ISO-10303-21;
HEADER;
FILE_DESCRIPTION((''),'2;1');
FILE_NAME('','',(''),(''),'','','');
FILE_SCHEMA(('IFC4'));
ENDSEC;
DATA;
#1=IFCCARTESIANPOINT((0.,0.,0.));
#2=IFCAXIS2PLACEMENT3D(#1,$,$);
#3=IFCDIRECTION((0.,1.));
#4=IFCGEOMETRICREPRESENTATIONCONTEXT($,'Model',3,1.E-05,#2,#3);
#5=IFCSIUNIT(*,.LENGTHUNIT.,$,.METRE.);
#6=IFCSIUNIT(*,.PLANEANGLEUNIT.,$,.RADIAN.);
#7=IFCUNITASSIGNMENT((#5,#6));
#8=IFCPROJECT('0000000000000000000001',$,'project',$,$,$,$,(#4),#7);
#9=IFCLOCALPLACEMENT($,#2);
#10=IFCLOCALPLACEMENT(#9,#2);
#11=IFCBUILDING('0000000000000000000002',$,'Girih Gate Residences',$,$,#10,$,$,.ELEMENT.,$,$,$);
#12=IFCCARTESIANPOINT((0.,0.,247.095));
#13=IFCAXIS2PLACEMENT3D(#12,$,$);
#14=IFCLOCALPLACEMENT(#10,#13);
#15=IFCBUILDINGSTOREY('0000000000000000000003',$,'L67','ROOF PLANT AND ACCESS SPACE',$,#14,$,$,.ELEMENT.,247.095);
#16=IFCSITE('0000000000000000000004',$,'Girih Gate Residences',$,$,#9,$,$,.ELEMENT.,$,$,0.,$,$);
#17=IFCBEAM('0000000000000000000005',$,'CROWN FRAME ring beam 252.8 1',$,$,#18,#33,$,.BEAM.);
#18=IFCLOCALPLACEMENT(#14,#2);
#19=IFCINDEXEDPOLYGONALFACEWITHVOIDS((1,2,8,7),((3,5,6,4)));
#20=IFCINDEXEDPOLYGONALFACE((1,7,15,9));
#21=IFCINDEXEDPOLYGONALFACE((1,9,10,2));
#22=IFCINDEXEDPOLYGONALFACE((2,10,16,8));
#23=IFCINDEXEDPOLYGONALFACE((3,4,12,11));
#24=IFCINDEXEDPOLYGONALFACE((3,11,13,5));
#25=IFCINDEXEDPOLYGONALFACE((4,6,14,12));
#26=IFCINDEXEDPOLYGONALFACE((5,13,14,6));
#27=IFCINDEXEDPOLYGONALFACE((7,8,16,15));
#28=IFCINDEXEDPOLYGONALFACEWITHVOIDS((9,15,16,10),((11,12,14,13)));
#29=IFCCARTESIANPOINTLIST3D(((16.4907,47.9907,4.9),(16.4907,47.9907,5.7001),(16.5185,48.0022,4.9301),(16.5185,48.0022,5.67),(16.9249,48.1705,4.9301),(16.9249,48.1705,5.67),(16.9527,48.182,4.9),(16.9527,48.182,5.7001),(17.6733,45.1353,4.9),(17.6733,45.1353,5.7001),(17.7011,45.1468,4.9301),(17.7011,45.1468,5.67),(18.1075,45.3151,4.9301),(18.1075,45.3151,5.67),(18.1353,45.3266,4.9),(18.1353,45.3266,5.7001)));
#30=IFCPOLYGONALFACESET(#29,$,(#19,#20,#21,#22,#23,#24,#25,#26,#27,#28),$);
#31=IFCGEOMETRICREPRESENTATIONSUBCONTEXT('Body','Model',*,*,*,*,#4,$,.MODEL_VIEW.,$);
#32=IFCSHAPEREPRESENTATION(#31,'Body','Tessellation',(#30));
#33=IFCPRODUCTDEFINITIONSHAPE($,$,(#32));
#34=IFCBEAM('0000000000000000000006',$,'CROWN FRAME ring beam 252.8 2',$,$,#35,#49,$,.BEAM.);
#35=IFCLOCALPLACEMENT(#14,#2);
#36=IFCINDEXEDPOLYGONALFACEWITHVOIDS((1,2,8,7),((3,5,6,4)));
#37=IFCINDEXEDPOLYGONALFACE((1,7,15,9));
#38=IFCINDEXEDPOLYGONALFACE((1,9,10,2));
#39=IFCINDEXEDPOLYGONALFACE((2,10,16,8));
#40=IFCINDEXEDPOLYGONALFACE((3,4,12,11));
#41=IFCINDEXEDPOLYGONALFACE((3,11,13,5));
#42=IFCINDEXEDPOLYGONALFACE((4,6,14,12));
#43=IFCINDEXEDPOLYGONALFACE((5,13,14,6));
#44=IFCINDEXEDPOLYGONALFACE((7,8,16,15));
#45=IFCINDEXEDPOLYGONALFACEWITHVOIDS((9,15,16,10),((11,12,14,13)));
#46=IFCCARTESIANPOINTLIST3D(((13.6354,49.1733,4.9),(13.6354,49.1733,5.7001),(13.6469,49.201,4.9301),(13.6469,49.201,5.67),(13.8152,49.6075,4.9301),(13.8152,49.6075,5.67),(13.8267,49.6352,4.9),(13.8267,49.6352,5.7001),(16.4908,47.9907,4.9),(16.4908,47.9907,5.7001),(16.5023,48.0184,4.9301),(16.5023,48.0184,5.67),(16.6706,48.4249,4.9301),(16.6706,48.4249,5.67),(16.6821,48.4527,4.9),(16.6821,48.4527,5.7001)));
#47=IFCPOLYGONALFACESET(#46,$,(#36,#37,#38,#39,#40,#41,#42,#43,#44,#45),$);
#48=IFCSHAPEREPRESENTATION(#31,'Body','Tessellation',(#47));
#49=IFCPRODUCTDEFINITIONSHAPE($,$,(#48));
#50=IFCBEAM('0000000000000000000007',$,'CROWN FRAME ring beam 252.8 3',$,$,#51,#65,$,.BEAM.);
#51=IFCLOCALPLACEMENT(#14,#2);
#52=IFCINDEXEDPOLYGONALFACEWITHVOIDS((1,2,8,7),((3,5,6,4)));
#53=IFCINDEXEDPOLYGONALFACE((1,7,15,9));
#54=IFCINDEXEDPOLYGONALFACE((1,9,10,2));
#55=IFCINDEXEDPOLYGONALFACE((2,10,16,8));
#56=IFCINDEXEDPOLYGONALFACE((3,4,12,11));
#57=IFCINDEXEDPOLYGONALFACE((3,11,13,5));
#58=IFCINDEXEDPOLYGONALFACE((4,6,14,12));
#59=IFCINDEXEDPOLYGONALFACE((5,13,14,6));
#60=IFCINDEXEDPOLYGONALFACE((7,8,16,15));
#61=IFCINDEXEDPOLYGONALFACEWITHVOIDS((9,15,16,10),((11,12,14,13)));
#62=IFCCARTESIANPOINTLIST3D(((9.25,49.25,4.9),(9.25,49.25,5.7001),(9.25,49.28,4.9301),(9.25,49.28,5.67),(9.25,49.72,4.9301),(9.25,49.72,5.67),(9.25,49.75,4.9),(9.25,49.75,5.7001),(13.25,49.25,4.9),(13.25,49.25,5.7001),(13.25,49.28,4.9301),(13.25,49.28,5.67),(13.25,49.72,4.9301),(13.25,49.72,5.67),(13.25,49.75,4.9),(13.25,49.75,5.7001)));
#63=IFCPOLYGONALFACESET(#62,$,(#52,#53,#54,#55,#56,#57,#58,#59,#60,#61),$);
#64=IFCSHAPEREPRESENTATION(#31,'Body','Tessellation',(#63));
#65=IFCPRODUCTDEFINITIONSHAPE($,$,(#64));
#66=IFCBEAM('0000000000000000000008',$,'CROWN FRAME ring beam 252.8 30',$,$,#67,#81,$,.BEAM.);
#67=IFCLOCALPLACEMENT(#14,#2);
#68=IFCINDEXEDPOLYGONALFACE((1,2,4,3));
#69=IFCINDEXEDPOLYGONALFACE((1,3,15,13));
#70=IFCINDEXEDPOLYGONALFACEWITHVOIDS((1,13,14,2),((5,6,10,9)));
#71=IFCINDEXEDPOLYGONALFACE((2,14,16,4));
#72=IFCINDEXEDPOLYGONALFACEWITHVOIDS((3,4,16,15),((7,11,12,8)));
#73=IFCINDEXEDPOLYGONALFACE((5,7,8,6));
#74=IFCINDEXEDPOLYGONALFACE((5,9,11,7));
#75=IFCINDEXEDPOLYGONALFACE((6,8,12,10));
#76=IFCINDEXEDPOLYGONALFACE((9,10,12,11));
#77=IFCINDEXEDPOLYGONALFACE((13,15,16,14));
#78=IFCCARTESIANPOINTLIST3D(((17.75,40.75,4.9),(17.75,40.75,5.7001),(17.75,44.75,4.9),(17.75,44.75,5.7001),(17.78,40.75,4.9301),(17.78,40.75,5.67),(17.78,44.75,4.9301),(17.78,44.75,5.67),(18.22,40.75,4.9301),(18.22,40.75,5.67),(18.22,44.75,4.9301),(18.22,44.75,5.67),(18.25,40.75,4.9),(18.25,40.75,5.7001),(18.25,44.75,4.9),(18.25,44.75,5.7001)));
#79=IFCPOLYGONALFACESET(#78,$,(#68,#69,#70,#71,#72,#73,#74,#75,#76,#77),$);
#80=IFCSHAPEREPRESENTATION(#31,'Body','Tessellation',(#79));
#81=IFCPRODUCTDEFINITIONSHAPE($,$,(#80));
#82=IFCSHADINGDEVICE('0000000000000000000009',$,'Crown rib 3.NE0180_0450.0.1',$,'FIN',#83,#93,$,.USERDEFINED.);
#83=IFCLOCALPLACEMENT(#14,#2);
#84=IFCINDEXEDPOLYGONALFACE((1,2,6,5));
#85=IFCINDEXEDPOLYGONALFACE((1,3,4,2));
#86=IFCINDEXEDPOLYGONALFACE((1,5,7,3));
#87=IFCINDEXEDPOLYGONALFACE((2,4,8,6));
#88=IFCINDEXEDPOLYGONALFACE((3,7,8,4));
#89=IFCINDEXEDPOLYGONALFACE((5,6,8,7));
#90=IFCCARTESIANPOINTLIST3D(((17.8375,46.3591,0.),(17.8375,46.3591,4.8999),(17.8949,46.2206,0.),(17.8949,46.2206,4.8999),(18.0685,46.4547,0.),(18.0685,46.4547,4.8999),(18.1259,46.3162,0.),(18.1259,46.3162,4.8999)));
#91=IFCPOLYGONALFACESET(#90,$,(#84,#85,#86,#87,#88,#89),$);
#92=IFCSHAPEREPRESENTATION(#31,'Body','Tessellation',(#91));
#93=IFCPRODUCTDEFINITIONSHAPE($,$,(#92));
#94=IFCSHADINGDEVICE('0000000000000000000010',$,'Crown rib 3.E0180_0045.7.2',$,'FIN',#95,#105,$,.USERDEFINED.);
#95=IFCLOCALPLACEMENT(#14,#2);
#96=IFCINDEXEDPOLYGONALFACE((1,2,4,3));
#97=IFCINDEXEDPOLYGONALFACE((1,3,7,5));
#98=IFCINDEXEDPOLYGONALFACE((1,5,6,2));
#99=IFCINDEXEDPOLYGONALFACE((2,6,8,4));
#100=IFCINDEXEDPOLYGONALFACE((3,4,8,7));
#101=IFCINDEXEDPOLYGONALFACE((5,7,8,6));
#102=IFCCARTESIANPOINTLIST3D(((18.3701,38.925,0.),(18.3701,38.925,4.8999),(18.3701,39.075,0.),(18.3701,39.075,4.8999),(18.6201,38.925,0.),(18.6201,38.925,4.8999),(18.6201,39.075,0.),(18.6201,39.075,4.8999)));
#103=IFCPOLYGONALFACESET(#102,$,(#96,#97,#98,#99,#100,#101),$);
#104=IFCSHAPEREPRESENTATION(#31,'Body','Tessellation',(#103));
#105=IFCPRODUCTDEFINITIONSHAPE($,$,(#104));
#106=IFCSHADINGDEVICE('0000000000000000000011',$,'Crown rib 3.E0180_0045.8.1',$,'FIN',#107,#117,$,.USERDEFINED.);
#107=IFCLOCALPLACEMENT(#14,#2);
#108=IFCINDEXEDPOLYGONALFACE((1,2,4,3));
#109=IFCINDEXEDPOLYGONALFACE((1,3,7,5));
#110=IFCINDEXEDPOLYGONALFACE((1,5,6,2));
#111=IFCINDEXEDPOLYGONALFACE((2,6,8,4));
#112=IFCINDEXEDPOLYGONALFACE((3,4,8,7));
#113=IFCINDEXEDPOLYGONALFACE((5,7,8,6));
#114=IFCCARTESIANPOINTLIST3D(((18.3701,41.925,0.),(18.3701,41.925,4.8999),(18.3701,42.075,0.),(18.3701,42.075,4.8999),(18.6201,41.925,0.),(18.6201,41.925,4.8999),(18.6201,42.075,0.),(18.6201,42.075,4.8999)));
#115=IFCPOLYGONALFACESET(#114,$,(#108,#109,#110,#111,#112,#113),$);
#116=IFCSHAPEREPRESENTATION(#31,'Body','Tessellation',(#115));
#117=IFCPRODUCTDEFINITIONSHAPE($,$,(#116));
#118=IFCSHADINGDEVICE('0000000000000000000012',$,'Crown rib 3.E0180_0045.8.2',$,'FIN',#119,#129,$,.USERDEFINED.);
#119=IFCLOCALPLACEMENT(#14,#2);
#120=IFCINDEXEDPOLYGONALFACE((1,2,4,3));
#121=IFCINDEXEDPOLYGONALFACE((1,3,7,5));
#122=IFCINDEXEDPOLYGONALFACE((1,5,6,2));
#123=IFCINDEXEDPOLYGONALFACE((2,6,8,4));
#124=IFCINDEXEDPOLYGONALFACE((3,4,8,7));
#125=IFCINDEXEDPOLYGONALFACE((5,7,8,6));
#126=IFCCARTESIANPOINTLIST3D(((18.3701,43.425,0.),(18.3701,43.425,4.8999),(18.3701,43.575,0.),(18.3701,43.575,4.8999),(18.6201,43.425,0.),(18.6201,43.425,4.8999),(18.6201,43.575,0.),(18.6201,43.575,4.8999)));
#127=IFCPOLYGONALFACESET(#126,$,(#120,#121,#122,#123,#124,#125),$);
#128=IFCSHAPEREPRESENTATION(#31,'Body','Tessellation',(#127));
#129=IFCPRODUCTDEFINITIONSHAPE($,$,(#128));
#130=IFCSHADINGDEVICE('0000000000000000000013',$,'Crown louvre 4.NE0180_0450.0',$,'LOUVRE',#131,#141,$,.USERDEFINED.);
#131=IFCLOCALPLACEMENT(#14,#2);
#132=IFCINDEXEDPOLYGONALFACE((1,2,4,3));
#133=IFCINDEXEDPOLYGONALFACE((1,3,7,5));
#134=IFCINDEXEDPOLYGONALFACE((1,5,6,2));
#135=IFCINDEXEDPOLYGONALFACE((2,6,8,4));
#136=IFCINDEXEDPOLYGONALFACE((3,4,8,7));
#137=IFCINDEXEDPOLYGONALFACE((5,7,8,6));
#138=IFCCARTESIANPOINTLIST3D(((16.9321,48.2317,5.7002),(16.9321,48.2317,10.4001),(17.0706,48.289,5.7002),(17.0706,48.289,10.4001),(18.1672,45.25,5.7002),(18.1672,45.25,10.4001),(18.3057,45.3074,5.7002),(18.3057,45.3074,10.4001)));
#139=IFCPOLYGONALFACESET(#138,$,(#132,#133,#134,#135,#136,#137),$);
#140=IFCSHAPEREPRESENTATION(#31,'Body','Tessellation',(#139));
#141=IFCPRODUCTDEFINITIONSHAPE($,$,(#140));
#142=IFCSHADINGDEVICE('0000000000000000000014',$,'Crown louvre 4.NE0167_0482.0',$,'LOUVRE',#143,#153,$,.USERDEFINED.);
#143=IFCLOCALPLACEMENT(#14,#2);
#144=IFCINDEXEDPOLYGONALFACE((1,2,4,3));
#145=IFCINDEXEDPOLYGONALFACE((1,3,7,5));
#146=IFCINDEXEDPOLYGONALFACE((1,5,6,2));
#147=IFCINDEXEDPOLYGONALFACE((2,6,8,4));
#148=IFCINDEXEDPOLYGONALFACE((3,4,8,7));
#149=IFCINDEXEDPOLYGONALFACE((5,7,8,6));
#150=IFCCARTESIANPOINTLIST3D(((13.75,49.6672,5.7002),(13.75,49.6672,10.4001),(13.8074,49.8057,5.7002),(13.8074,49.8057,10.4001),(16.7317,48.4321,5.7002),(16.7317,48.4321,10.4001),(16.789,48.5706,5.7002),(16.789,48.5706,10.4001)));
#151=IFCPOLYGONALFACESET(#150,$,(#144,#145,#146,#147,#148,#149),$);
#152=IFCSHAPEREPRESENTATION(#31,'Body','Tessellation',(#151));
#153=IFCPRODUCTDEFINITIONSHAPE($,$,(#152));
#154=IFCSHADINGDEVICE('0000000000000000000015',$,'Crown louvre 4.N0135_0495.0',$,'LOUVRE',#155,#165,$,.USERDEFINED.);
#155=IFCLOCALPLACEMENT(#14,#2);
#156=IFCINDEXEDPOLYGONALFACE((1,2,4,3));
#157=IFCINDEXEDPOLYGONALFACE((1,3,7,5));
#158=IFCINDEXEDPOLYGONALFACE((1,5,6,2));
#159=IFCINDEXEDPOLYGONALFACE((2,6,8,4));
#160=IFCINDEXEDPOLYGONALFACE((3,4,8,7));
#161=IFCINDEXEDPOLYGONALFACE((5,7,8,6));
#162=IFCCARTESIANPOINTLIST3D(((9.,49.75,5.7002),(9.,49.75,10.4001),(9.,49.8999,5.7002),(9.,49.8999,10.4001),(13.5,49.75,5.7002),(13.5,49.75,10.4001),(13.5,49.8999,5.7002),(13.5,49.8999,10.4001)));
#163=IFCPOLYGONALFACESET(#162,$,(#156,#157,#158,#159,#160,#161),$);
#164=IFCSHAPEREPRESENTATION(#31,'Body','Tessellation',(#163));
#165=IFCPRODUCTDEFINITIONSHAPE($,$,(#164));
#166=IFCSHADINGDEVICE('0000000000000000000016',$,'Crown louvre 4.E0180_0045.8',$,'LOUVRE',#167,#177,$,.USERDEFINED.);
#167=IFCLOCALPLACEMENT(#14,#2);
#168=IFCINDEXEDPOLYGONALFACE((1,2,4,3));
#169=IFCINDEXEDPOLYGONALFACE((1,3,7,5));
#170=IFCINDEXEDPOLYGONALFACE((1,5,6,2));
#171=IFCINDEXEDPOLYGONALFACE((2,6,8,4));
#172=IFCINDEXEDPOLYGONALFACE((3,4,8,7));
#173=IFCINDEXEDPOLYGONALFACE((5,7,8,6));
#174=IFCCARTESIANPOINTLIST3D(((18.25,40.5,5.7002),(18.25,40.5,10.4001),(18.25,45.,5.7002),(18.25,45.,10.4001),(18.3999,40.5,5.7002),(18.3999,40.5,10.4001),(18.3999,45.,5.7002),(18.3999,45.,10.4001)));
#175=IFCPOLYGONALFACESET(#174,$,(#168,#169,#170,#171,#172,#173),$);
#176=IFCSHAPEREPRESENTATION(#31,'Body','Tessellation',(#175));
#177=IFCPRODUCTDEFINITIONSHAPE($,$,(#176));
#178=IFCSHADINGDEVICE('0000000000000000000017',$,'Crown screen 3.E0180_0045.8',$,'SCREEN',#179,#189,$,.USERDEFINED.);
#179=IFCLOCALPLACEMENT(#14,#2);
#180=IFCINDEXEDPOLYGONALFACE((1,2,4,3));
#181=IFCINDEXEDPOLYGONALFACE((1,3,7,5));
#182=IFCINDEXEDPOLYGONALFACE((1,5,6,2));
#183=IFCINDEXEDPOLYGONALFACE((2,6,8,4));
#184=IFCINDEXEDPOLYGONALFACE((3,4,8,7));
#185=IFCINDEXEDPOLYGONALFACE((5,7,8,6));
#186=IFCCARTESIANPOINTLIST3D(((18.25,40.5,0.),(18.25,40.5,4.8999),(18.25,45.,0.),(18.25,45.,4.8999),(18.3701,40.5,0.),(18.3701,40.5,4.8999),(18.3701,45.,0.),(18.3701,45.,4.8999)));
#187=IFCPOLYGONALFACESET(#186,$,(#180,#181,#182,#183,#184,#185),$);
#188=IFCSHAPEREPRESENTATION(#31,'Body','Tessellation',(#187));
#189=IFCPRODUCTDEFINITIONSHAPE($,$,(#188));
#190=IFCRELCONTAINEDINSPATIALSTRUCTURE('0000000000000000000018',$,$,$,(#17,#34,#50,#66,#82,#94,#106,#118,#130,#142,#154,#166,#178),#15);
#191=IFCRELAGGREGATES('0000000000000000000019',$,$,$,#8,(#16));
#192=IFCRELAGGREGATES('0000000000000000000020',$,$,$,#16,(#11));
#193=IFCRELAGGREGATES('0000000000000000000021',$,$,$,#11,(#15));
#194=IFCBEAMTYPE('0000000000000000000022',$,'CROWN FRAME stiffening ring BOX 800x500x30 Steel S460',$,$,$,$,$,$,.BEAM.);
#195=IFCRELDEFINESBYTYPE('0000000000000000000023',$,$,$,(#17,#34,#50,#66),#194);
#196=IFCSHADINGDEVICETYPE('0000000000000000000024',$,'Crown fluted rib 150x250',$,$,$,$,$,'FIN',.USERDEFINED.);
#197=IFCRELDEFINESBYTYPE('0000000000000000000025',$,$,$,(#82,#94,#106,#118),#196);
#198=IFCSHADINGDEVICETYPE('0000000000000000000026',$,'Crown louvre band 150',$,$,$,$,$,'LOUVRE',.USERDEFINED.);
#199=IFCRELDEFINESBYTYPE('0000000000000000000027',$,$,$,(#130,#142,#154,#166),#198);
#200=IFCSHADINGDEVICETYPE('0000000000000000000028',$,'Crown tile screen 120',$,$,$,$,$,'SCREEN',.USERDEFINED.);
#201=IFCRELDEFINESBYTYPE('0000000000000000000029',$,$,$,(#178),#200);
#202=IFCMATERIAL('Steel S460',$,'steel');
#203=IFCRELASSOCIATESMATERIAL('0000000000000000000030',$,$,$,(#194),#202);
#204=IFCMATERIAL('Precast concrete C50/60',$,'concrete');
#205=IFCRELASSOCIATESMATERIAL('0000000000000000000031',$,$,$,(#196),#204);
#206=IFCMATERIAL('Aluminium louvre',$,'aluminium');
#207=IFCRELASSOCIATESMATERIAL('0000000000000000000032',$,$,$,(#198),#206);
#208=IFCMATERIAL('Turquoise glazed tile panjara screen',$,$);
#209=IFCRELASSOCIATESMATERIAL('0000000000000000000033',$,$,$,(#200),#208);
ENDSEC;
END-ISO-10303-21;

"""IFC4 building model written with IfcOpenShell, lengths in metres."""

from ifc_helpers import new_model, si_unit, direction, frame, origin, origin_2d, place, context, subcontext, project, spatial, rectangle, hollow_rectangle, extrude, material, material_profile, profile_set, type_object, element, save


model = new_model("IFC4")

# Units and contexts
model_context = context("Model", 3, precision=1e-05, world=origin(), true_north=direction((0.0, 1.0)))
body_context = subcontext(model_context, "Body", "Model", "MODEL_VIEW")
ifc_project = project(units=[si_unit("LENGTHUNIT", "METRE"), si_unit("PLANEANGLEUNIT", "RADIAN")], contexts=[model_context])

# Site, building, storey
site_placement = place(None, origin())
site = spatial("IfcSite", under=ifc_project, at=site_placement, Name="Girih Gate Residences", CompositionType="ELEMENT", RefElevation=0.0)
building_placement = place(site_placement, origin())
building = spatial("IfcBuilding", under=site, at=building_placement, Name="Girih Gate Residences", CompositionType="ELEMENT")
storey_placement = place(building_placement, frame((0.0, 0.0, 247.095)))
storey = spatial("IfcBuildingStorey", under=building, at=storey_placement, Name="L67", Description="ROOF PLANT AND ACCESS SPACE", CompositionType="ELEMENT", Elevation=247.095)

# Shared definitions
ifc_material_1 = material(Name="Steel S460", Category="steel")

# Beams
ifc_material_profile_1 = material_profile(ifc_material_1, hollow_rectangle(XDim=0.5, YDim=0.8, WallThickness=0.03, at=origin_2d()))
ifc_profile_set_1 = profile_set([ifc_material_profile_1], Name="Steel S460")
beam_type_1 = type_object("IfcBeamType", Name="CROWN FRAME stiffening ring BOX 800x500x30 Steel S460", PredefinedType="BEAM", material=ifc_profile_set_1)
for number, where, z_axis, x_axis, name in (
    (1, (17.9043, 45.231, 5.3), (-0.38264, 0.923897, 0.0), (-0.923897, -0.38264, 0.0), "CROWN FRAME ring beam 252.8 1"),
    (2, (16.5864, 48.2217, 5.3), (-0.923897, 0.38264, 0.0), (-0.38264, -0.923897, 0.0), "CROWN FRAME ring beam 252.8 2"),
):
    element("IfcBeam", number, at=place(storey_placement, frame(where, z_axis=z_axis, x_axis=x_axis)), inside=storey, type_object=beam_type_1, Name=name, PredefinedType="BEAM", context=body_context, shape_type="SweptSolid", body=[
        extrude(hollow_rectangle(XDim=0.5, YDim=0.8, WallThickness=0.03, at=origin_2d()), origin(), (0.0, 0.0, 1.0), 3.0906),
    ])
for number, where, z_axis, x_axis, name in (
    (3, (13.25, 49.5, 5.3), (-1.0, 0.0, 0.0), (0.0, -1.0, 0.0), "CROWN FRAME ring beam 252.8 3"),
    (4, (18.0, 40.75, 5.3), (0.0, 1.0, 0.0), (-1.0, 0.0, 0.0), "CROWN FRAME ring beam 252.8 30"),
):
    element("IfcBeam", number, at=place(storey_placement, frame(where, z_axis=z_axis, x_axis=x_axis)), inside=storey, type_object=beam_type_1, Name=name, PredefinedType="BEAM", context=body_context, shape_type="SweptSolid", body=[
        extrude(hollow_rectangle(XDim=0.5, YDim=0.8, WallThickness=0.03, at=origin_2d()), origin(), (0.0, 0.0, 1.0), 4.0),
    ])

# Shading devices
ifc_material_2 = material(Name="Precast concrete C50/60", Category="concrete")
shading_device_type_1 = type_object("IfcShadingDeviceType", Name="Crown fluted rib 150x250", ElementType="FIN", PredefinedType="USERDEFINED", material=ifc_material_2)
for number, where, z_axis, x_axis, name in (
    (5, (17.9817, 46.3376, 0.0), (0.0, 0.0, 1.0), (-0.382683, 0.92388, 0.0), "Crown rib 3.NE0180_0450.0.1"),
    (6, (18.4951, 39.0, 0.0), (0.0, 0.0, 1.0), (0.0, 1.0, 0.0), "Crown rib 3.E0180_0045.7.2"),
    (7, (18.4951, 42.0, 0.0), (0.0, 0.0, 1.0), (0.0, 1.0, 0.0), "Crown rib 3.E0180_0045.8.1"),
    (8, (18.4951, 43.5, 0.0), (0.0, 0.0, 1.0), (0.0, 1.0, 0.0), "Crown rib 3.E0180_0045.8.2"),
):
    element("IfcShadingDevice", number, at=place(storey_placement, frame(where, z_axis=z_axis, x_axis=x_axis)), inside=storey, type_object=shading_device_type_1, Name=name, ObjectType="FIN", PredefinedType="USERDEFINED", context=body_context, shape_type="SweptSolid", body=[
        extrude(rectangle(XDim=0.1499, YDim=0.25, at=origin_2d()), origin(), (0.0, 0.0, 1.0), 4.8999),
    ])
ifc_material_3 = material(Name="Aluminium louvre", Category="aluminium")
shading_device_type_2 = type_object("IfcShadingDeviceType", Name="Crown louvre band 150", ElementType="LOUVRE", PredefinedType="USERDEFINED", material=ifc_material_3)
for number, where, z_axis, x_axis, name in (
    (9, (17.6189, 46.7695, 5.7002), (0.0, 0.0, 1.0), (-0.382683, 0.92388, 0.0), "Crown louvre 4.NE0180_0450.0"),
    (10, (15.2695, 49.1189, 5.7002), (0.0, 0.0, 1.0), (-0.92388, 0.382683, 0.0), "Crown louvre 4.NE0167_0482.0"),
):
    element("IfcShadingDevice", number, at=place(storey_placement, frame(where, z_axis=z_axis, x_axis=x_axis)), inside=storey, type_object=shading_device_type_2, Name=name, ObjectType="LOUVRE", PredefinedType="USERDEFINED", context=body_context, shape_type="SweptSolid", body=[
        extrude(rectangle(XDim=3.2273, YDim=0.1499, at=origin_2d()), origin(), (0.0, 0.0, 1.0), 4.7),
    ])
for number, where, z_axis, x_axis, name in (
    (11, (11.25, 49.825, 5.7002), (0.0, 0.0, 1.0), (-1.0, 0.0, 0.0), "Crown louvre 4.N0135_0495.0"),
    (12, (18.325, 42.75, 5.7002), (0.0, 0.0, 1.0), (0.0, 1.0, 0.0), "Crown louvre 4.E0180_0045.8"),
):
    element("IfcShadingDevice", number, at=place(storey_placement, frame(where, z_axis=z_axis, x_axis=x_axis)), inside=storey, type_object=shading_device_type_2, Name=name, ObjectType="LOUVRE", PredefinedType="USERDEFINED", context=body_context, shape_type="SweptSolid", body=[
        extrude(rectangle(XDim=4.5, YDim=0.1499, at=origin_2d()), origin(), (0.0, 0.0, 1.0), 4.7),
    ])
ifc_material_4 = material(Name="Turquoise glazed tile panjara screen")
shading_device_type_3 = type_object("IfcShadingDeviceType", Name="Crown tile screen 120", ElementType="SCREEN", PredefinedType="USERDEFINED", material=ifc_material_4)
shading_device_placement = place(storey_placement, frame((18.3101, 42.75, 0.0), z_axis=(0.0, 0.0, 1.0), x_axis=(0.0, 1.0, 0.0)))
element("IfcShadingDevice", 13, at=shading_device_placement, inside=storey, type_object=shading_device_type_3, Name="Crown screen 3.E0180_0045.8", ObjectType="SCREEN", PredefinedType="USERDEFINED", context=body_context, shape_type="SweptSolid", body=[
    extrude(rectangle(XDim=4.5, YDim=0.1201, at=origin_2d()), origin(), (0.0, 0.0, 1.0), 4.8999),
])

save(model, "model.ifc")
